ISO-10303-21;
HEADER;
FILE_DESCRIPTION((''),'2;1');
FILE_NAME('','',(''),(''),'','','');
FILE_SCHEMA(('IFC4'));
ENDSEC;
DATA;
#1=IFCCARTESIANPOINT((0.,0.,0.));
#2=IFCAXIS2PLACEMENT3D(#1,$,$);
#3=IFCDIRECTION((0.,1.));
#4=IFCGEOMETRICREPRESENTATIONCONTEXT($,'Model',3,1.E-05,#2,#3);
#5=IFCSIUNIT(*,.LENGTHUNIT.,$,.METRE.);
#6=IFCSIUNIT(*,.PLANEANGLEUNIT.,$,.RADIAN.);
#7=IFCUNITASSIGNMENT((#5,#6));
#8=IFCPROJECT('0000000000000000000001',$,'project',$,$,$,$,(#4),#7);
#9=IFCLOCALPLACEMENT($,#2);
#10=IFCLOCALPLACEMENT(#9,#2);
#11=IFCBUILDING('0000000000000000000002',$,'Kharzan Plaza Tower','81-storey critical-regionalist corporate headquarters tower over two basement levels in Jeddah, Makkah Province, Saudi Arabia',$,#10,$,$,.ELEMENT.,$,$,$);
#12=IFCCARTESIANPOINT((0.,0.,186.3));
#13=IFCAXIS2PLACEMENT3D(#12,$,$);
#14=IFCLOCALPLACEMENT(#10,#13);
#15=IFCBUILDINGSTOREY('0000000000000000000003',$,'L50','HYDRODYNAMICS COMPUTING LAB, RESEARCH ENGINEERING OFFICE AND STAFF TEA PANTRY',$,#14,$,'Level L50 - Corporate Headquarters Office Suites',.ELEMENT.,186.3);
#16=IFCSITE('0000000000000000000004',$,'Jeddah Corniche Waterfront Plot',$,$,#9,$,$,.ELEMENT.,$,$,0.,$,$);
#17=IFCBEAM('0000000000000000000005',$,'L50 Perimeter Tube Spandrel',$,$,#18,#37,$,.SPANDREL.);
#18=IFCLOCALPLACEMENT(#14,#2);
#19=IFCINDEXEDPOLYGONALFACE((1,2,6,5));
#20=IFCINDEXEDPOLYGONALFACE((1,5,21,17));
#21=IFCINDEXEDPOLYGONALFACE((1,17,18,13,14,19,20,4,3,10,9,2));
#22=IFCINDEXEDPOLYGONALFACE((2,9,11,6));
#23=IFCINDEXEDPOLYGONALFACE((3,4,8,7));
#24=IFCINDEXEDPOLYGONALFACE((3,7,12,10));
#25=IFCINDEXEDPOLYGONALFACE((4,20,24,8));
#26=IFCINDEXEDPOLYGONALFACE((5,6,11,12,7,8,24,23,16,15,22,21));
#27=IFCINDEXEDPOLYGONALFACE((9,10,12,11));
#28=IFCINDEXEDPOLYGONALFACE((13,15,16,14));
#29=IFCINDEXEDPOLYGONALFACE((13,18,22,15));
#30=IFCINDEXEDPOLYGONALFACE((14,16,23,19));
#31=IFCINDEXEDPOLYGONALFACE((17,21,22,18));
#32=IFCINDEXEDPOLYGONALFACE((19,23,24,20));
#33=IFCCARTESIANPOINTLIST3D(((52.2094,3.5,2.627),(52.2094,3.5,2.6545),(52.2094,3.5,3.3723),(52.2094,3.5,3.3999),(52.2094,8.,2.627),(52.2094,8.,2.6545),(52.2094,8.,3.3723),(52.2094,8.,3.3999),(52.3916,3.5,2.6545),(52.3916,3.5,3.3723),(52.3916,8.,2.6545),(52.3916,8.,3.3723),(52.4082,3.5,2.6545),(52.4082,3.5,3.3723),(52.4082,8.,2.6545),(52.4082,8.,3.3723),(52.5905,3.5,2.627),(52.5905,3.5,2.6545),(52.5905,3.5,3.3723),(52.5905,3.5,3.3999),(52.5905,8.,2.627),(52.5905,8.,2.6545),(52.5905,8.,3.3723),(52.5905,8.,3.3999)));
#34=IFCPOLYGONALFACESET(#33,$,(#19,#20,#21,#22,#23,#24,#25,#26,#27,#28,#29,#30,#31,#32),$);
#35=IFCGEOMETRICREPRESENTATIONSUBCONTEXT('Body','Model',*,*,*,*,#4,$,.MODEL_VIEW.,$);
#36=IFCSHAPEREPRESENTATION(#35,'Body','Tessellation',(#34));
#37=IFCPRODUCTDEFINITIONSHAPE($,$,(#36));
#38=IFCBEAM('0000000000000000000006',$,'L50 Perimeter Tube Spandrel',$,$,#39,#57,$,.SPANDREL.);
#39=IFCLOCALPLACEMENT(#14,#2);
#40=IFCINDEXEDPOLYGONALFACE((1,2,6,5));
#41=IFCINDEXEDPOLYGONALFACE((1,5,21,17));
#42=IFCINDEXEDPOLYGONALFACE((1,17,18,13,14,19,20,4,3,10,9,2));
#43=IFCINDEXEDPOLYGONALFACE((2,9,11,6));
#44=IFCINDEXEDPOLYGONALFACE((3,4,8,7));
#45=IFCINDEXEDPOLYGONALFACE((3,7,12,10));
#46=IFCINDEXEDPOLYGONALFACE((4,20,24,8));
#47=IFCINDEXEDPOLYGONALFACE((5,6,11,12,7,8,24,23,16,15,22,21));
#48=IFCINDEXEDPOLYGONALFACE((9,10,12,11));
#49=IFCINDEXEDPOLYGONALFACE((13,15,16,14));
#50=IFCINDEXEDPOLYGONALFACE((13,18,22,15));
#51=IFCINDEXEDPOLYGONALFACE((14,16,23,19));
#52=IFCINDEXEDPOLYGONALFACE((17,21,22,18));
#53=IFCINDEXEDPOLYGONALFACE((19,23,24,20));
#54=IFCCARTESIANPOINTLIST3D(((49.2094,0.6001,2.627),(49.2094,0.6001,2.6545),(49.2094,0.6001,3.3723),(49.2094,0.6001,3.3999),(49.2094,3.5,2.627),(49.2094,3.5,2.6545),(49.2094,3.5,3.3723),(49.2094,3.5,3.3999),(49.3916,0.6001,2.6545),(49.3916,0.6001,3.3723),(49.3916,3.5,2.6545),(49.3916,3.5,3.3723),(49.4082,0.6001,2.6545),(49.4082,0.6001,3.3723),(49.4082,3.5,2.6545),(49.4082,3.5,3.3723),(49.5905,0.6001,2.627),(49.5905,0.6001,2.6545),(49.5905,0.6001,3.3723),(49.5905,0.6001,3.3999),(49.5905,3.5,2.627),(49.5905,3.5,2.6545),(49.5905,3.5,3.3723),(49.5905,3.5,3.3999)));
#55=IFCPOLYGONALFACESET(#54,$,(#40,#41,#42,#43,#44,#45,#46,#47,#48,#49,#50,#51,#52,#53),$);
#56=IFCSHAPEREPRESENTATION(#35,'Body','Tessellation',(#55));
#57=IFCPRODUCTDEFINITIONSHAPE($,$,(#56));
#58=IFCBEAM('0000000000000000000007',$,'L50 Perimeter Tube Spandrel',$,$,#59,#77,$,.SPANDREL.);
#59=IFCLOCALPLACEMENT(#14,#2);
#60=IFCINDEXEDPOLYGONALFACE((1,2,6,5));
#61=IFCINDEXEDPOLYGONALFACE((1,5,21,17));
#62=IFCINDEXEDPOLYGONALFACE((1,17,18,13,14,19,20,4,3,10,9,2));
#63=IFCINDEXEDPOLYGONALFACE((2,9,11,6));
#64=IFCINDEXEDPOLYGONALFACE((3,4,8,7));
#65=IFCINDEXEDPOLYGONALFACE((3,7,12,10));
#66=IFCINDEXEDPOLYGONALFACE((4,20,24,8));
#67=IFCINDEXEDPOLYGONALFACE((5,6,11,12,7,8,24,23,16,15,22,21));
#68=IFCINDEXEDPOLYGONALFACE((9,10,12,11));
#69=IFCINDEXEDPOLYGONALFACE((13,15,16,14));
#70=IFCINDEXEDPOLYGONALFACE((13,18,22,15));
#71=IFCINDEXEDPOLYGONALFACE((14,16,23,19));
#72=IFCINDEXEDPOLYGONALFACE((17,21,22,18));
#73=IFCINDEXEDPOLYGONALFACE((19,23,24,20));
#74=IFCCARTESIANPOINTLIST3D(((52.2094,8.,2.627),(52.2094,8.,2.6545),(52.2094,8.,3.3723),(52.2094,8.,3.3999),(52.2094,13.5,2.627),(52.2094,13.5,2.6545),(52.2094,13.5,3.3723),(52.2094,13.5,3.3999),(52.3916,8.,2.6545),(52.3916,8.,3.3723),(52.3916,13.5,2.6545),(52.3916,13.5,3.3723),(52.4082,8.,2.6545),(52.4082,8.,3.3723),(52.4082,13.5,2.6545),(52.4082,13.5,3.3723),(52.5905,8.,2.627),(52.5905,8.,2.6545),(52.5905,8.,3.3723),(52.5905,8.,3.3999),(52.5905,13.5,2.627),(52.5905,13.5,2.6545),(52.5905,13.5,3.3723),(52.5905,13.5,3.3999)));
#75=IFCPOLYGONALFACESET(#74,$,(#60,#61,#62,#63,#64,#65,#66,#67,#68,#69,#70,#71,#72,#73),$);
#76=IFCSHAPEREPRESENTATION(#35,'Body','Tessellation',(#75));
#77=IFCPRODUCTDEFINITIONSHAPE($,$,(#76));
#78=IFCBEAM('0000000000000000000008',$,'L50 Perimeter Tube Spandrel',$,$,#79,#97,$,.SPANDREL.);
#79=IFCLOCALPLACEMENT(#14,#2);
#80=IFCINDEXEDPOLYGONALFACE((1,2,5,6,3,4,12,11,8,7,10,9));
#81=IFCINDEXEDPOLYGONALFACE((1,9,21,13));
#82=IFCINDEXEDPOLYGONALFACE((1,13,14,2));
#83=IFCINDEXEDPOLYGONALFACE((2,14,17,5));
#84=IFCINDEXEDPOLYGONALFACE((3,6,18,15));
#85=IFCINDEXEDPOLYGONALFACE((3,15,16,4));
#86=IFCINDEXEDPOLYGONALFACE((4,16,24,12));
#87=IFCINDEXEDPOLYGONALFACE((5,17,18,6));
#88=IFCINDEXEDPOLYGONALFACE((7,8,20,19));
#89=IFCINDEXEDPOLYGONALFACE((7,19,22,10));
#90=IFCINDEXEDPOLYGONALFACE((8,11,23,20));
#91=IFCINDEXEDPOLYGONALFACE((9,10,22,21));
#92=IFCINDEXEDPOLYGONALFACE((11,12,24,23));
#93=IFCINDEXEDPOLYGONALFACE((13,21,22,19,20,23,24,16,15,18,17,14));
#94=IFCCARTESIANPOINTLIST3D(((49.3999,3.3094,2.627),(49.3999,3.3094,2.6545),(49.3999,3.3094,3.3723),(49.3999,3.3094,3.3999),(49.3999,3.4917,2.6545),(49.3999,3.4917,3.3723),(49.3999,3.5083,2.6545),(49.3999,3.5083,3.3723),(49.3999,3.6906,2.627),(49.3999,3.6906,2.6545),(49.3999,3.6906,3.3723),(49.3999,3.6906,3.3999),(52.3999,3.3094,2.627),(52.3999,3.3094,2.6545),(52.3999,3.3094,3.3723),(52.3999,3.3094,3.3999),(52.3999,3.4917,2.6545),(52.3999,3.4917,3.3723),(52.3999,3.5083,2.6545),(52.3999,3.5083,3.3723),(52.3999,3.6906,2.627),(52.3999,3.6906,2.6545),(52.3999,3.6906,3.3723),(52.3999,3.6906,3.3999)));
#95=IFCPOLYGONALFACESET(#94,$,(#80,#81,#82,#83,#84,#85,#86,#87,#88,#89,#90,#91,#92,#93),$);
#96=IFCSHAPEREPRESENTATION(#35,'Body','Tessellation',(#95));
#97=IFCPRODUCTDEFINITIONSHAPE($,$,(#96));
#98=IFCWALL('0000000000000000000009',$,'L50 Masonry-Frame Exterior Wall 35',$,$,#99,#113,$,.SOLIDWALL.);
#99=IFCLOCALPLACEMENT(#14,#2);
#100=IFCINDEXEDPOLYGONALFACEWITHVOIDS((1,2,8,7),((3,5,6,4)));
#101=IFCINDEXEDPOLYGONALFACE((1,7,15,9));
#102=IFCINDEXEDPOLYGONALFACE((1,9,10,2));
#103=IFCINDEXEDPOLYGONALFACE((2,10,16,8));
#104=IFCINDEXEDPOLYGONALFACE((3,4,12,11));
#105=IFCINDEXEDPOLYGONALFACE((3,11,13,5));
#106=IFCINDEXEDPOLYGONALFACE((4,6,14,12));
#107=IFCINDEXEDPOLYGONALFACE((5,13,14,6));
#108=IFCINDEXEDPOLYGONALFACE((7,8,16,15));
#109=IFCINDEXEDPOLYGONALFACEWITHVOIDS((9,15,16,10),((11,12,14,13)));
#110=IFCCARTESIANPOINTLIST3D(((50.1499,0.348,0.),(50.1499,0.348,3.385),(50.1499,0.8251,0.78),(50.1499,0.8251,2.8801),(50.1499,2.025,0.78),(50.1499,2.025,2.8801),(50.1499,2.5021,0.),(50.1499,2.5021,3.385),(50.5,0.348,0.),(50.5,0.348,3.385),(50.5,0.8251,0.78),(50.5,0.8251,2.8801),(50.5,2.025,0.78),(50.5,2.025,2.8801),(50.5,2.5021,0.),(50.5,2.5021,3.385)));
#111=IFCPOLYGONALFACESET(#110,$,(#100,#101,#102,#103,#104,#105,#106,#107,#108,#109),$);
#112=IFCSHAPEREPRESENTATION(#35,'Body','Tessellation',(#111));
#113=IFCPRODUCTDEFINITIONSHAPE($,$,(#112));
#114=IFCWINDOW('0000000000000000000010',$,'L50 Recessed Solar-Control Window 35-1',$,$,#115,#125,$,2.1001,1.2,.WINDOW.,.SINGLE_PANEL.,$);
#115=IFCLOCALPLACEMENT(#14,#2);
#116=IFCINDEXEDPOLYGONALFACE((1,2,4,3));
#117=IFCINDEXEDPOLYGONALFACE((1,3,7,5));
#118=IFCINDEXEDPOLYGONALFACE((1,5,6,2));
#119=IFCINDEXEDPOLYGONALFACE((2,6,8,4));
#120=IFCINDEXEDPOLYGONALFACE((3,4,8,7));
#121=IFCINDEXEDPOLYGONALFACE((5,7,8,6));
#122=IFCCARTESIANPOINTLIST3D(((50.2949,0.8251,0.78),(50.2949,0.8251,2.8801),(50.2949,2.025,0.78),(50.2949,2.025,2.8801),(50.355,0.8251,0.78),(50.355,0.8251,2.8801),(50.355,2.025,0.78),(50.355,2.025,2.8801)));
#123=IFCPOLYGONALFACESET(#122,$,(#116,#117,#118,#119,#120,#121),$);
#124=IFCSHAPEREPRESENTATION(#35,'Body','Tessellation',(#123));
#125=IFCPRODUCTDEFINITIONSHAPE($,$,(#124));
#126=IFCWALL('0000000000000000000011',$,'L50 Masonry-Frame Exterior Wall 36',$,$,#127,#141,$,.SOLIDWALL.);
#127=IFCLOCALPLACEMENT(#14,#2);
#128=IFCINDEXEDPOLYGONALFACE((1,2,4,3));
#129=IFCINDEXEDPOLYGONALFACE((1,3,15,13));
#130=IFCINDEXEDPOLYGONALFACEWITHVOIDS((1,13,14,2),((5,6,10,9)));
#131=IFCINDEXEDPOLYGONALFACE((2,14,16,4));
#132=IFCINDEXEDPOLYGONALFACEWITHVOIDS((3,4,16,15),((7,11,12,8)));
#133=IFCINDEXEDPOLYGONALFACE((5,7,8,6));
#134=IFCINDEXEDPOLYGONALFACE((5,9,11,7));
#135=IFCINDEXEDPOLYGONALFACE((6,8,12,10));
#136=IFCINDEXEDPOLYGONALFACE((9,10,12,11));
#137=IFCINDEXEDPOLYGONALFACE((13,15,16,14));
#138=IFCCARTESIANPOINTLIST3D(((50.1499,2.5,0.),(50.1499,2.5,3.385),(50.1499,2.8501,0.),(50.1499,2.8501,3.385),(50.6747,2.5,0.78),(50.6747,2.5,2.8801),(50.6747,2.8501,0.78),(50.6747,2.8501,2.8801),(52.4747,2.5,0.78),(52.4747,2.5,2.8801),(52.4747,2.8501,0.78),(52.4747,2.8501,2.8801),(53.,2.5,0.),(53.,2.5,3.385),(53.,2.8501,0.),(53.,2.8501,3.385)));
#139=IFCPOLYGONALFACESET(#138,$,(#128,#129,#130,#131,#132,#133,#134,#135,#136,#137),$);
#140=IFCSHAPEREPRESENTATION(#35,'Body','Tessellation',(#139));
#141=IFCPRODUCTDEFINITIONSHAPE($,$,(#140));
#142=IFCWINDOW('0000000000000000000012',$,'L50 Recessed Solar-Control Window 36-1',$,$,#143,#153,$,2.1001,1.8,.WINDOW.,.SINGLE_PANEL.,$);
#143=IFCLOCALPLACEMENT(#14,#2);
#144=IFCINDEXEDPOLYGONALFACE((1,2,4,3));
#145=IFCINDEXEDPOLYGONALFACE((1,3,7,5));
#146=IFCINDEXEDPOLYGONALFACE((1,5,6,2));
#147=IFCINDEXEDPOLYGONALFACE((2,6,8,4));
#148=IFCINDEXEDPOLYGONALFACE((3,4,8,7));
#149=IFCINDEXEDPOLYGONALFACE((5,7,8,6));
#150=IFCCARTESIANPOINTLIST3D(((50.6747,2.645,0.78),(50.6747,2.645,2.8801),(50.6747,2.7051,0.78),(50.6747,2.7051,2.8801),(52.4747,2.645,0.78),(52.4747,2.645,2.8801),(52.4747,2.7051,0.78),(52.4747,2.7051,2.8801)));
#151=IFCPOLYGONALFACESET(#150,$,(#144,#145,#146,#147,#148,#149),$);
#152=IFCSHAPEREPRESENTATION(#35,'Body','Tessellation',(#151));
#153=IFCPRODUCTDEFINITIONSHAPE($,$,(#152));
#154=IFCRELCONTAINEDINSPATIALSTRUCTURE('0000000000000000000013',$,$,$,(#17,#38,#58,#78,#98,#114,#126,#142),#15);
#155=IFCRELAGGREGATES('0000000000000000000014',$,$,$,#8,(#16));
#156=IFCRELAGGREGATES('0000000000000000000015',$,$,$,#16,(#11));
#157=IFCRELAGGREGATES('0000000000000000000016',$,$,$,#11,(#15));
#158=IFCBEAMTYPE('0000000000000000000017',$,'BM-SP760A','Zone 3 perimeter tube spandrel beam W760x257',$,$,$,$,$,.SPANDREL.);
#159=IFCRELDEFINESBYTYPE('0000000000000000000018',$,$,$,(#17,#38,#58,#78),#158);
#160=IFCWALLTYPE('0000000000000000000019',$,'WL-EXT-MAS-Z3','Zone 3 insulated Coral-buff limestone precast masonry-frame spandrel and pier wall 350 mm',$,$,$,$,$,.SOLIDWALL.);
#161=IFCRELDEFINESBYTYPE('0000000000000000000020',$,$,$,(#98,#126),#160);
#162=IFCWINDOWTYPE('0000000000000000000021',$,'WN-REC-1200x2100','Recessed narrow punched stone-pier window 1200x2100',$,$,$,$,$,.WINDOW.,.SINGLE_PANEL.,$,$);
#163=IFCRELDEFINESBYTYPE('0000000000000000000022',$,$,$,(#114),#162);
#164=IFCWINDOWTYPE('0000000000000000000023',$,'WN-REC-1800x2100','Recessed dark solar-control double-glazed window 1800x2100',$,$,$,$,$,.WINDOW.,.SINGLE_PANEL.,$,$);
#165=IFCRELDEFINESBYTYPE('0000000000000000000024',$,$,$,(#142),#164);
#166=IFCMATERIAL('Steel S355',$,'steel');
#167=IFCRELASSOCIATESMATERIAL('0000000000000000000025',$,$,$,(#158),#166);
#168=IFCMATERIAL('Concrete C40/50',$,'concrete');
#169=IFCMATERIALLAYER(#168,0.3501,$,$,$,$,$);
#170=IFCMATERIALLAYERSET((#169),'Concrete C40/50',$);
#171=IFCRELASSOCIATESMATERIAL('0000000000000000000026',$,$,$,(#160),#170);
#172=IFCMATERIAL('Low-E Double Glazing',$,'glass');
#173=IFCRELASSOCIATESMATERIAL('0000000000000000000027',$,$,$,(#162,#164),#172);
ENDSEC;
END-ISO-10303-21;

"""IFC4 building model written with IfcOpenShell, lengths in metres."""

from ifc_helpers import new_model, si_unit, direction, frame, frame_2d, origin, origin_2d, place, context, subcontext, project, spatial, rectangle, i_section, extrude, source, transform, mapped, material, layer, layer_set, material_profile, profile_set, type_object, element, fill, save


model = new_model("IFC4")

# Units and contexts
model_context = context("Model", 3, precision=1e-05, world=origin(), true_north=direction((0.0, 1.0)))
body_context = subcontext(model_context, "Body", "Model", "MODEL_VIEW")
ifc_project = project(units=[si_unit("LENGTHUNIT", "METRE"), si_unit("PLANEANGLEUNIT", "RADIAN")], contexts=[model_context])

# Site, building, storey
site_placement = place(None, origin())
site = spatial("IfcSite", under=ifc_project, at=site_placement, Name="Jeddah Corniche Waterfront Plot", CompositionType="ELEMENT", RefElevation=0.0)
building_placement = place(site_placement, origin())
building = spatial("IfcBuilding", under=site, at=building_placement, Name="Kharzan Plaza Tower", Description="81-storey critical-regionalist corporate headquarters tower over two basement levels in Jeddah, Makkah Province, Saudi Arabia", CompositionType="ELEMENT")
storey_placement = place(building_placement, frame((0.0, 0.0, 186.3)))
storey = spatial("IfcBuildingStorey", under=building, at=storey_placement, Name="L50", Description="HYDRODYNAMICS COMPUTING LAB, RESEARCH ENGINEERING OFFICE AND STAFF TEA PANTRY", LongName="Level L50 - Corporate Headquarters Office Suites", CompositionType="ELEMENT", Elevation=186.3)

# Beams
ifc_material_1 = material(Name="Steel S355", Category="steel")
ifc_material_profile_1 = material_profile(ifc_material_1, i_section(OverallWidth=0.3811, OverallDepth=0.7729, WebThickness=0.0166, FlangeThickness=0.0276, at=origin_2d()), Name="W760x257")
ifc_profile_set_1 = profile_set([ifc_material_profile_1], Name="Steel S355")
beam_type_1 = type_object("IfcBeamType", Name="BM-SP760A", Description="Zone 3 perimeter tube spandrel beam W760x257", PredefinedType="SPANDREL", material=ifc_profile_set_1)
shared_shape_1 = source(origin(), body_context, "Body", "SweptSolid", [
    extrude(i_section(OverallWidth=0.3811, OverallDepth=0.7729, WebThickness=0.0166, FlangeThickness=0.0276, at=origin_2d()), origin(), (0.0, 0.0, 1.0), 4.5),
])
beam_1_placement = place(storey_placement, frame((52.3999, 3.5, 3.0134), z_axis=(0.0, 1.0, 0.0), x_axis=(-1.0, 0.0, 0.0)))
element("IfcBeam", 1, at=beam_1_placement, inside=storey, type_object=beam_type_1, Name="L50 Perimeter Tube Spandrel", PredefinedType="SPANDREL", context=body_context, shape_type="MappedRepresentation", body=[
    mapped(shared_shape_1, transform((0.0, 0.0, 0.0), x_axis=(1.0, 0.0, 0.0), y_axis=(0.0, 1.0, 0.0), z_axis=(0.0, 0.0, 1.0))),
])
shared_shape_2 = source(origin(), body_context, "Body", "SweptSolid", [
    extrude(i_section(OverallWidth=0.3811, OverallDepth=0.7729, WebThickness=0.0166, FlangeThickness=0.0276, at=origin_2d()), origin(), (0.0, 0.0, 1.0), 2.8999),
])
beam_2_placement = place(storey_placement, frame((49.3999, 0.6001, 3.0134), z_axis=(0.0, 1.0, 0.0), x_axis=(-1.0, 0.0, 0.0)))
element("IfcBeam", 2, at=beam_2_placement, inside=storey, type_object=beam_type_1, Name="L50 Perimeter Tube Spandrel", PredefinedType="SPANDREL", context=body_context, shape_type="MappedRepresentation", body=[
    mapped(shared_shape_2, transform((0.0, 0.0, 0.0), x_axis=(1.0, 0.0, 0.0), y_axis=(0.0, 1.0, 0.0), z_axis=(0.0, 0.0, 1.0))),
])
shared_shape_3 = source(origin(), body_context, "Body", "SweptSolid", [
    extrude(i_section(OverallWidth=0.3811, OverallDepth=0.7729, WebThickness=0.0166, FlangeThickness=0.0276, at=origin_2d()), origin(), (0.0, 0.0, 1.0), 5.5),
])
beam_3_placement = place(storey_placement, frame((52.3999, 8.0, 3.0134), z_axis=(0.0, 1.0, 0.0), x_axis=(-1.0, 0.0, 0.0)))
element("IfcBeam", 3, at=beam_3_placement, inside=storey, type_object=beam_type_1, Name="L50 Perimeter Tube Spandrel", PredefinedType="SPANDREL", context=body_context, shape_type="MappedRepresentation", body=[
    mapped(shared_shape_3, transform((0.0, 0.0, 0.0), x_axis=(1.0, 0.0, 0.0), y_axis=(0.0, 1.0, 0.0), z_axis=(0.0, 0.0, 1.0))),
])
shared_shape_4 = source(origin(), body_context, "Body", "SweptSolid", [
    extrude(i_section(OverallWidth=0.3811, OverallDepth=0.7729, WebThickness=0.0166, FlangeThickness=0.0276, at=origin_2d()), origin(), (0.0, 0.0, 1.0), 3.0),
])
beam_4_placement = place(storey_placement, frame((49.3999, 3.5, 3.0134), z_axis=(1.0, 0.0, 0.0), x_axis=(0.0, 1.0, 0.0)))
element("IfcBeam", 4, at=beam_4_placement, inside=storey, type_object=beam_type_1, Name="L50 Perimeter Tube Spandrel", PredefinedType="SPANDREL", context=body_context, shape_type="MappedRepresentation", body=[
    mapped(shared_shape_4, transform((0.0, 0.0, 0.0), x_axis=(1.0, 0.0, 0.0), y_axis=(0.0, 1.0, 0.0), z_axis=(0.0, 0.0, 1.0))),
])

# Walls, openings, windows
ifc_material_2 = material(Name="Concrete C40/50", Category="concrete")
ifc_layer_1 = layer(ifc_material_2, 0.3501)
ifc_layer_set_1 = layer_set([ifc_layer_1], Name="Concrete C40/50")
wall_type_1 = type_object("IfcWallType", Name="WL-EXT-MAS-Z3", Description="Zone 3 insulated Coral-buff limestone precast masonry-frame spandrel and pier wall 350 mm", PredefinedType="SOLIDWALL", material=ifc_layer_set_1)
wall_1_placement = place(storey_placement, frame((50.325, 0.3479, 0.0), z_axis=(0.0, 0.0, 1.0), x_axis=(0.0, 1.0, 0.0)))
wall_1 = element("IfcWall", 5, at=wall_1_placement, inside=storey, type_object=wall_type_1, Name="L50 Masonry-Frame Exterior Wall 35", PredefinedType="SOLIDWALL", context=body_context, shape_type="SweptSolid", body=[
    extrude(rectangle(XDim=2.1541, YDim=0.3501, at=frame_2d((1.0771, 0.0))), origin(), (0.0, 0.0, 1.0), 3.385),
])
opening_1_placement = place(wall_1_placement, frame((0.4771, 0.0, 0.78)))
opening_1 = element("IfcOpeningElement", 6, at=opening_1_placement, cuts=wall_1, PredefinedType="OPENING", context=body_context, shape_type="SweptSolid", body=[
    extrude(rectangle(XDim=1.2, YDim=2.1001, at=frame_2d((0.6001, 1.05))), frame((0.0, 0.1851, 0.0), z_axis=(0.0, -1.0, 0.0), x_axis=(1.0, 0.0, 0.0)), (0.0, 0.0, 1.0), 0.3701),
])
ifc_material_3 = material(Name="Low-E Double Glazing", Category="glass")
window_type_1 = type_object("IfcWindowType", Name="WN-REC-1200x2100", Description="Recessed narrow punched stone-pier window 1200x2100", PartitioningType="SINGLE_PANEL", PredefinedType="WINDOW", material=ifc_material_3)
shared_shape_5 = source(origin(), body_context, "Body", "SweptSolid", [
    extrude(rectangle(XDim=1.2, YDim=2.1001, at=frame_2d((0.6001, 1.05))), frame((0.0, 0.03, 0.0), z_axis=(0.0, -1.0, 0.0), x_axis=(1.0, 0.0, 0.0)), (0.0, 0.0, 1.0), 0.0601),
])
window_1_placement = place(opening_1_placement, origin())
window_1 = element("IfcWindow", 7, at=window_1_placement, inside=storey, type_object=window_type_1, Name="L50 Recessed Solar-Control Window 35-1", OverallHeight=2.1001, OverallWidth=1.2, PartitioningType="SINGLE_PANEL", PredefinedType="WINDOW", context=body_context, shape_type="MappedRepresentation", body=[
    mapped(shared_shape_5, transform((0.0, 0.0, 0.0), x_axis=(1.0, 0.0, 0.0), y_axis=(0.0, 1.0, 0.0), z_axis=(0.0, 0.0, 1.0))),
])
fill(opening_1, window_1)
wall_2_placement = place(storey_placement, frame((50.1499, 2.675, 0.0), z_axis=(0.0, 0.0, 1.0), x_axis=(1.0, 0.0, 0.0)))
wall_2 = element("IfcWall", 8, at=wall_2_placement, inside=storey, type_object=wall_type_1, Name="L50 Masonry-Frame Exterior Wall 36", PredefinedType="SOLIDWALL", context=body_context, shape_type="SweptSolid", body=[
    extrude(rectangle(XDim=2.8501, YDim=0.3501, at=frame_2d((1.425, 0.0))), origin(), (0.0, 0.0, 1.0), 3.385),
])
opening_2_placement = place(wall_2_placement, frame((0.5249, 0.0, 0.78)))
opening_2 = element("IfcOpeningElement", 9, at=opening_2_placement, cuts=wall_2, PredefinedType="OPENING", context=body_context, shape_type="SweptSolid", body=[
    extrude(rectangle(XDim=1.8, YDim=2.1001, at=frame_2d((0.8999, 1.05))), frame((0.0, 0.1851, 0.0), z_axis=(0.0, -1.0, 0.0), x_axis=(1.0, 0.0, 0.0)), (0.0, 0.0, 1.0), 0.3701),
])
window_type_2 = type_object("IfcWindowType", Name="WN-REC-1800x2100", Description="Recessed dark solar-control double-glazed window 1800x2100", PartitioningType="SINGLE_PANEL", PredefinedType="WINDOW", material=ifc_material_3)
shared_shape_6 = source(origin(), body_context, "Body", "SweptSolid", [
    extrude(rectangle(XDim=1.8, YDim=2.1001, at=frame_2d((0.8999, 1.05))), frame((0.0, 0.03, 0.0), z_axis=(0.0, -1.0, 0.0), x_axis=(1.0, 0.0, 0.0)), (0.0, 0.0, 1.0), 0.0601),
])
window_2_placement = place(opening_2_placement, origin())
window_2 = element("IfcWindow", 10, at=window_2_placement, inside=storey, type_object=window_type_2, Name="L50 Recessed Solar-Control Window 36-1", OverallHeight=2.1001, OverallWidth=1.8, PartitioningType="SINGLE_PANEL", PredefinedType="WINDOW", context=body_context, shape_type="MappedRepresentation", body=[
    mapped(shared_shape_6, transform((0.0, 0.0, 0.0), x_axis=(1.0, 0.0, 0.0), y_axis=(0.0, 1.0, 0.0), z_axis=(0.0, 0.0, 1.0))),
])
fill(opening_2, window_2)

save(model, "model.ifc")
